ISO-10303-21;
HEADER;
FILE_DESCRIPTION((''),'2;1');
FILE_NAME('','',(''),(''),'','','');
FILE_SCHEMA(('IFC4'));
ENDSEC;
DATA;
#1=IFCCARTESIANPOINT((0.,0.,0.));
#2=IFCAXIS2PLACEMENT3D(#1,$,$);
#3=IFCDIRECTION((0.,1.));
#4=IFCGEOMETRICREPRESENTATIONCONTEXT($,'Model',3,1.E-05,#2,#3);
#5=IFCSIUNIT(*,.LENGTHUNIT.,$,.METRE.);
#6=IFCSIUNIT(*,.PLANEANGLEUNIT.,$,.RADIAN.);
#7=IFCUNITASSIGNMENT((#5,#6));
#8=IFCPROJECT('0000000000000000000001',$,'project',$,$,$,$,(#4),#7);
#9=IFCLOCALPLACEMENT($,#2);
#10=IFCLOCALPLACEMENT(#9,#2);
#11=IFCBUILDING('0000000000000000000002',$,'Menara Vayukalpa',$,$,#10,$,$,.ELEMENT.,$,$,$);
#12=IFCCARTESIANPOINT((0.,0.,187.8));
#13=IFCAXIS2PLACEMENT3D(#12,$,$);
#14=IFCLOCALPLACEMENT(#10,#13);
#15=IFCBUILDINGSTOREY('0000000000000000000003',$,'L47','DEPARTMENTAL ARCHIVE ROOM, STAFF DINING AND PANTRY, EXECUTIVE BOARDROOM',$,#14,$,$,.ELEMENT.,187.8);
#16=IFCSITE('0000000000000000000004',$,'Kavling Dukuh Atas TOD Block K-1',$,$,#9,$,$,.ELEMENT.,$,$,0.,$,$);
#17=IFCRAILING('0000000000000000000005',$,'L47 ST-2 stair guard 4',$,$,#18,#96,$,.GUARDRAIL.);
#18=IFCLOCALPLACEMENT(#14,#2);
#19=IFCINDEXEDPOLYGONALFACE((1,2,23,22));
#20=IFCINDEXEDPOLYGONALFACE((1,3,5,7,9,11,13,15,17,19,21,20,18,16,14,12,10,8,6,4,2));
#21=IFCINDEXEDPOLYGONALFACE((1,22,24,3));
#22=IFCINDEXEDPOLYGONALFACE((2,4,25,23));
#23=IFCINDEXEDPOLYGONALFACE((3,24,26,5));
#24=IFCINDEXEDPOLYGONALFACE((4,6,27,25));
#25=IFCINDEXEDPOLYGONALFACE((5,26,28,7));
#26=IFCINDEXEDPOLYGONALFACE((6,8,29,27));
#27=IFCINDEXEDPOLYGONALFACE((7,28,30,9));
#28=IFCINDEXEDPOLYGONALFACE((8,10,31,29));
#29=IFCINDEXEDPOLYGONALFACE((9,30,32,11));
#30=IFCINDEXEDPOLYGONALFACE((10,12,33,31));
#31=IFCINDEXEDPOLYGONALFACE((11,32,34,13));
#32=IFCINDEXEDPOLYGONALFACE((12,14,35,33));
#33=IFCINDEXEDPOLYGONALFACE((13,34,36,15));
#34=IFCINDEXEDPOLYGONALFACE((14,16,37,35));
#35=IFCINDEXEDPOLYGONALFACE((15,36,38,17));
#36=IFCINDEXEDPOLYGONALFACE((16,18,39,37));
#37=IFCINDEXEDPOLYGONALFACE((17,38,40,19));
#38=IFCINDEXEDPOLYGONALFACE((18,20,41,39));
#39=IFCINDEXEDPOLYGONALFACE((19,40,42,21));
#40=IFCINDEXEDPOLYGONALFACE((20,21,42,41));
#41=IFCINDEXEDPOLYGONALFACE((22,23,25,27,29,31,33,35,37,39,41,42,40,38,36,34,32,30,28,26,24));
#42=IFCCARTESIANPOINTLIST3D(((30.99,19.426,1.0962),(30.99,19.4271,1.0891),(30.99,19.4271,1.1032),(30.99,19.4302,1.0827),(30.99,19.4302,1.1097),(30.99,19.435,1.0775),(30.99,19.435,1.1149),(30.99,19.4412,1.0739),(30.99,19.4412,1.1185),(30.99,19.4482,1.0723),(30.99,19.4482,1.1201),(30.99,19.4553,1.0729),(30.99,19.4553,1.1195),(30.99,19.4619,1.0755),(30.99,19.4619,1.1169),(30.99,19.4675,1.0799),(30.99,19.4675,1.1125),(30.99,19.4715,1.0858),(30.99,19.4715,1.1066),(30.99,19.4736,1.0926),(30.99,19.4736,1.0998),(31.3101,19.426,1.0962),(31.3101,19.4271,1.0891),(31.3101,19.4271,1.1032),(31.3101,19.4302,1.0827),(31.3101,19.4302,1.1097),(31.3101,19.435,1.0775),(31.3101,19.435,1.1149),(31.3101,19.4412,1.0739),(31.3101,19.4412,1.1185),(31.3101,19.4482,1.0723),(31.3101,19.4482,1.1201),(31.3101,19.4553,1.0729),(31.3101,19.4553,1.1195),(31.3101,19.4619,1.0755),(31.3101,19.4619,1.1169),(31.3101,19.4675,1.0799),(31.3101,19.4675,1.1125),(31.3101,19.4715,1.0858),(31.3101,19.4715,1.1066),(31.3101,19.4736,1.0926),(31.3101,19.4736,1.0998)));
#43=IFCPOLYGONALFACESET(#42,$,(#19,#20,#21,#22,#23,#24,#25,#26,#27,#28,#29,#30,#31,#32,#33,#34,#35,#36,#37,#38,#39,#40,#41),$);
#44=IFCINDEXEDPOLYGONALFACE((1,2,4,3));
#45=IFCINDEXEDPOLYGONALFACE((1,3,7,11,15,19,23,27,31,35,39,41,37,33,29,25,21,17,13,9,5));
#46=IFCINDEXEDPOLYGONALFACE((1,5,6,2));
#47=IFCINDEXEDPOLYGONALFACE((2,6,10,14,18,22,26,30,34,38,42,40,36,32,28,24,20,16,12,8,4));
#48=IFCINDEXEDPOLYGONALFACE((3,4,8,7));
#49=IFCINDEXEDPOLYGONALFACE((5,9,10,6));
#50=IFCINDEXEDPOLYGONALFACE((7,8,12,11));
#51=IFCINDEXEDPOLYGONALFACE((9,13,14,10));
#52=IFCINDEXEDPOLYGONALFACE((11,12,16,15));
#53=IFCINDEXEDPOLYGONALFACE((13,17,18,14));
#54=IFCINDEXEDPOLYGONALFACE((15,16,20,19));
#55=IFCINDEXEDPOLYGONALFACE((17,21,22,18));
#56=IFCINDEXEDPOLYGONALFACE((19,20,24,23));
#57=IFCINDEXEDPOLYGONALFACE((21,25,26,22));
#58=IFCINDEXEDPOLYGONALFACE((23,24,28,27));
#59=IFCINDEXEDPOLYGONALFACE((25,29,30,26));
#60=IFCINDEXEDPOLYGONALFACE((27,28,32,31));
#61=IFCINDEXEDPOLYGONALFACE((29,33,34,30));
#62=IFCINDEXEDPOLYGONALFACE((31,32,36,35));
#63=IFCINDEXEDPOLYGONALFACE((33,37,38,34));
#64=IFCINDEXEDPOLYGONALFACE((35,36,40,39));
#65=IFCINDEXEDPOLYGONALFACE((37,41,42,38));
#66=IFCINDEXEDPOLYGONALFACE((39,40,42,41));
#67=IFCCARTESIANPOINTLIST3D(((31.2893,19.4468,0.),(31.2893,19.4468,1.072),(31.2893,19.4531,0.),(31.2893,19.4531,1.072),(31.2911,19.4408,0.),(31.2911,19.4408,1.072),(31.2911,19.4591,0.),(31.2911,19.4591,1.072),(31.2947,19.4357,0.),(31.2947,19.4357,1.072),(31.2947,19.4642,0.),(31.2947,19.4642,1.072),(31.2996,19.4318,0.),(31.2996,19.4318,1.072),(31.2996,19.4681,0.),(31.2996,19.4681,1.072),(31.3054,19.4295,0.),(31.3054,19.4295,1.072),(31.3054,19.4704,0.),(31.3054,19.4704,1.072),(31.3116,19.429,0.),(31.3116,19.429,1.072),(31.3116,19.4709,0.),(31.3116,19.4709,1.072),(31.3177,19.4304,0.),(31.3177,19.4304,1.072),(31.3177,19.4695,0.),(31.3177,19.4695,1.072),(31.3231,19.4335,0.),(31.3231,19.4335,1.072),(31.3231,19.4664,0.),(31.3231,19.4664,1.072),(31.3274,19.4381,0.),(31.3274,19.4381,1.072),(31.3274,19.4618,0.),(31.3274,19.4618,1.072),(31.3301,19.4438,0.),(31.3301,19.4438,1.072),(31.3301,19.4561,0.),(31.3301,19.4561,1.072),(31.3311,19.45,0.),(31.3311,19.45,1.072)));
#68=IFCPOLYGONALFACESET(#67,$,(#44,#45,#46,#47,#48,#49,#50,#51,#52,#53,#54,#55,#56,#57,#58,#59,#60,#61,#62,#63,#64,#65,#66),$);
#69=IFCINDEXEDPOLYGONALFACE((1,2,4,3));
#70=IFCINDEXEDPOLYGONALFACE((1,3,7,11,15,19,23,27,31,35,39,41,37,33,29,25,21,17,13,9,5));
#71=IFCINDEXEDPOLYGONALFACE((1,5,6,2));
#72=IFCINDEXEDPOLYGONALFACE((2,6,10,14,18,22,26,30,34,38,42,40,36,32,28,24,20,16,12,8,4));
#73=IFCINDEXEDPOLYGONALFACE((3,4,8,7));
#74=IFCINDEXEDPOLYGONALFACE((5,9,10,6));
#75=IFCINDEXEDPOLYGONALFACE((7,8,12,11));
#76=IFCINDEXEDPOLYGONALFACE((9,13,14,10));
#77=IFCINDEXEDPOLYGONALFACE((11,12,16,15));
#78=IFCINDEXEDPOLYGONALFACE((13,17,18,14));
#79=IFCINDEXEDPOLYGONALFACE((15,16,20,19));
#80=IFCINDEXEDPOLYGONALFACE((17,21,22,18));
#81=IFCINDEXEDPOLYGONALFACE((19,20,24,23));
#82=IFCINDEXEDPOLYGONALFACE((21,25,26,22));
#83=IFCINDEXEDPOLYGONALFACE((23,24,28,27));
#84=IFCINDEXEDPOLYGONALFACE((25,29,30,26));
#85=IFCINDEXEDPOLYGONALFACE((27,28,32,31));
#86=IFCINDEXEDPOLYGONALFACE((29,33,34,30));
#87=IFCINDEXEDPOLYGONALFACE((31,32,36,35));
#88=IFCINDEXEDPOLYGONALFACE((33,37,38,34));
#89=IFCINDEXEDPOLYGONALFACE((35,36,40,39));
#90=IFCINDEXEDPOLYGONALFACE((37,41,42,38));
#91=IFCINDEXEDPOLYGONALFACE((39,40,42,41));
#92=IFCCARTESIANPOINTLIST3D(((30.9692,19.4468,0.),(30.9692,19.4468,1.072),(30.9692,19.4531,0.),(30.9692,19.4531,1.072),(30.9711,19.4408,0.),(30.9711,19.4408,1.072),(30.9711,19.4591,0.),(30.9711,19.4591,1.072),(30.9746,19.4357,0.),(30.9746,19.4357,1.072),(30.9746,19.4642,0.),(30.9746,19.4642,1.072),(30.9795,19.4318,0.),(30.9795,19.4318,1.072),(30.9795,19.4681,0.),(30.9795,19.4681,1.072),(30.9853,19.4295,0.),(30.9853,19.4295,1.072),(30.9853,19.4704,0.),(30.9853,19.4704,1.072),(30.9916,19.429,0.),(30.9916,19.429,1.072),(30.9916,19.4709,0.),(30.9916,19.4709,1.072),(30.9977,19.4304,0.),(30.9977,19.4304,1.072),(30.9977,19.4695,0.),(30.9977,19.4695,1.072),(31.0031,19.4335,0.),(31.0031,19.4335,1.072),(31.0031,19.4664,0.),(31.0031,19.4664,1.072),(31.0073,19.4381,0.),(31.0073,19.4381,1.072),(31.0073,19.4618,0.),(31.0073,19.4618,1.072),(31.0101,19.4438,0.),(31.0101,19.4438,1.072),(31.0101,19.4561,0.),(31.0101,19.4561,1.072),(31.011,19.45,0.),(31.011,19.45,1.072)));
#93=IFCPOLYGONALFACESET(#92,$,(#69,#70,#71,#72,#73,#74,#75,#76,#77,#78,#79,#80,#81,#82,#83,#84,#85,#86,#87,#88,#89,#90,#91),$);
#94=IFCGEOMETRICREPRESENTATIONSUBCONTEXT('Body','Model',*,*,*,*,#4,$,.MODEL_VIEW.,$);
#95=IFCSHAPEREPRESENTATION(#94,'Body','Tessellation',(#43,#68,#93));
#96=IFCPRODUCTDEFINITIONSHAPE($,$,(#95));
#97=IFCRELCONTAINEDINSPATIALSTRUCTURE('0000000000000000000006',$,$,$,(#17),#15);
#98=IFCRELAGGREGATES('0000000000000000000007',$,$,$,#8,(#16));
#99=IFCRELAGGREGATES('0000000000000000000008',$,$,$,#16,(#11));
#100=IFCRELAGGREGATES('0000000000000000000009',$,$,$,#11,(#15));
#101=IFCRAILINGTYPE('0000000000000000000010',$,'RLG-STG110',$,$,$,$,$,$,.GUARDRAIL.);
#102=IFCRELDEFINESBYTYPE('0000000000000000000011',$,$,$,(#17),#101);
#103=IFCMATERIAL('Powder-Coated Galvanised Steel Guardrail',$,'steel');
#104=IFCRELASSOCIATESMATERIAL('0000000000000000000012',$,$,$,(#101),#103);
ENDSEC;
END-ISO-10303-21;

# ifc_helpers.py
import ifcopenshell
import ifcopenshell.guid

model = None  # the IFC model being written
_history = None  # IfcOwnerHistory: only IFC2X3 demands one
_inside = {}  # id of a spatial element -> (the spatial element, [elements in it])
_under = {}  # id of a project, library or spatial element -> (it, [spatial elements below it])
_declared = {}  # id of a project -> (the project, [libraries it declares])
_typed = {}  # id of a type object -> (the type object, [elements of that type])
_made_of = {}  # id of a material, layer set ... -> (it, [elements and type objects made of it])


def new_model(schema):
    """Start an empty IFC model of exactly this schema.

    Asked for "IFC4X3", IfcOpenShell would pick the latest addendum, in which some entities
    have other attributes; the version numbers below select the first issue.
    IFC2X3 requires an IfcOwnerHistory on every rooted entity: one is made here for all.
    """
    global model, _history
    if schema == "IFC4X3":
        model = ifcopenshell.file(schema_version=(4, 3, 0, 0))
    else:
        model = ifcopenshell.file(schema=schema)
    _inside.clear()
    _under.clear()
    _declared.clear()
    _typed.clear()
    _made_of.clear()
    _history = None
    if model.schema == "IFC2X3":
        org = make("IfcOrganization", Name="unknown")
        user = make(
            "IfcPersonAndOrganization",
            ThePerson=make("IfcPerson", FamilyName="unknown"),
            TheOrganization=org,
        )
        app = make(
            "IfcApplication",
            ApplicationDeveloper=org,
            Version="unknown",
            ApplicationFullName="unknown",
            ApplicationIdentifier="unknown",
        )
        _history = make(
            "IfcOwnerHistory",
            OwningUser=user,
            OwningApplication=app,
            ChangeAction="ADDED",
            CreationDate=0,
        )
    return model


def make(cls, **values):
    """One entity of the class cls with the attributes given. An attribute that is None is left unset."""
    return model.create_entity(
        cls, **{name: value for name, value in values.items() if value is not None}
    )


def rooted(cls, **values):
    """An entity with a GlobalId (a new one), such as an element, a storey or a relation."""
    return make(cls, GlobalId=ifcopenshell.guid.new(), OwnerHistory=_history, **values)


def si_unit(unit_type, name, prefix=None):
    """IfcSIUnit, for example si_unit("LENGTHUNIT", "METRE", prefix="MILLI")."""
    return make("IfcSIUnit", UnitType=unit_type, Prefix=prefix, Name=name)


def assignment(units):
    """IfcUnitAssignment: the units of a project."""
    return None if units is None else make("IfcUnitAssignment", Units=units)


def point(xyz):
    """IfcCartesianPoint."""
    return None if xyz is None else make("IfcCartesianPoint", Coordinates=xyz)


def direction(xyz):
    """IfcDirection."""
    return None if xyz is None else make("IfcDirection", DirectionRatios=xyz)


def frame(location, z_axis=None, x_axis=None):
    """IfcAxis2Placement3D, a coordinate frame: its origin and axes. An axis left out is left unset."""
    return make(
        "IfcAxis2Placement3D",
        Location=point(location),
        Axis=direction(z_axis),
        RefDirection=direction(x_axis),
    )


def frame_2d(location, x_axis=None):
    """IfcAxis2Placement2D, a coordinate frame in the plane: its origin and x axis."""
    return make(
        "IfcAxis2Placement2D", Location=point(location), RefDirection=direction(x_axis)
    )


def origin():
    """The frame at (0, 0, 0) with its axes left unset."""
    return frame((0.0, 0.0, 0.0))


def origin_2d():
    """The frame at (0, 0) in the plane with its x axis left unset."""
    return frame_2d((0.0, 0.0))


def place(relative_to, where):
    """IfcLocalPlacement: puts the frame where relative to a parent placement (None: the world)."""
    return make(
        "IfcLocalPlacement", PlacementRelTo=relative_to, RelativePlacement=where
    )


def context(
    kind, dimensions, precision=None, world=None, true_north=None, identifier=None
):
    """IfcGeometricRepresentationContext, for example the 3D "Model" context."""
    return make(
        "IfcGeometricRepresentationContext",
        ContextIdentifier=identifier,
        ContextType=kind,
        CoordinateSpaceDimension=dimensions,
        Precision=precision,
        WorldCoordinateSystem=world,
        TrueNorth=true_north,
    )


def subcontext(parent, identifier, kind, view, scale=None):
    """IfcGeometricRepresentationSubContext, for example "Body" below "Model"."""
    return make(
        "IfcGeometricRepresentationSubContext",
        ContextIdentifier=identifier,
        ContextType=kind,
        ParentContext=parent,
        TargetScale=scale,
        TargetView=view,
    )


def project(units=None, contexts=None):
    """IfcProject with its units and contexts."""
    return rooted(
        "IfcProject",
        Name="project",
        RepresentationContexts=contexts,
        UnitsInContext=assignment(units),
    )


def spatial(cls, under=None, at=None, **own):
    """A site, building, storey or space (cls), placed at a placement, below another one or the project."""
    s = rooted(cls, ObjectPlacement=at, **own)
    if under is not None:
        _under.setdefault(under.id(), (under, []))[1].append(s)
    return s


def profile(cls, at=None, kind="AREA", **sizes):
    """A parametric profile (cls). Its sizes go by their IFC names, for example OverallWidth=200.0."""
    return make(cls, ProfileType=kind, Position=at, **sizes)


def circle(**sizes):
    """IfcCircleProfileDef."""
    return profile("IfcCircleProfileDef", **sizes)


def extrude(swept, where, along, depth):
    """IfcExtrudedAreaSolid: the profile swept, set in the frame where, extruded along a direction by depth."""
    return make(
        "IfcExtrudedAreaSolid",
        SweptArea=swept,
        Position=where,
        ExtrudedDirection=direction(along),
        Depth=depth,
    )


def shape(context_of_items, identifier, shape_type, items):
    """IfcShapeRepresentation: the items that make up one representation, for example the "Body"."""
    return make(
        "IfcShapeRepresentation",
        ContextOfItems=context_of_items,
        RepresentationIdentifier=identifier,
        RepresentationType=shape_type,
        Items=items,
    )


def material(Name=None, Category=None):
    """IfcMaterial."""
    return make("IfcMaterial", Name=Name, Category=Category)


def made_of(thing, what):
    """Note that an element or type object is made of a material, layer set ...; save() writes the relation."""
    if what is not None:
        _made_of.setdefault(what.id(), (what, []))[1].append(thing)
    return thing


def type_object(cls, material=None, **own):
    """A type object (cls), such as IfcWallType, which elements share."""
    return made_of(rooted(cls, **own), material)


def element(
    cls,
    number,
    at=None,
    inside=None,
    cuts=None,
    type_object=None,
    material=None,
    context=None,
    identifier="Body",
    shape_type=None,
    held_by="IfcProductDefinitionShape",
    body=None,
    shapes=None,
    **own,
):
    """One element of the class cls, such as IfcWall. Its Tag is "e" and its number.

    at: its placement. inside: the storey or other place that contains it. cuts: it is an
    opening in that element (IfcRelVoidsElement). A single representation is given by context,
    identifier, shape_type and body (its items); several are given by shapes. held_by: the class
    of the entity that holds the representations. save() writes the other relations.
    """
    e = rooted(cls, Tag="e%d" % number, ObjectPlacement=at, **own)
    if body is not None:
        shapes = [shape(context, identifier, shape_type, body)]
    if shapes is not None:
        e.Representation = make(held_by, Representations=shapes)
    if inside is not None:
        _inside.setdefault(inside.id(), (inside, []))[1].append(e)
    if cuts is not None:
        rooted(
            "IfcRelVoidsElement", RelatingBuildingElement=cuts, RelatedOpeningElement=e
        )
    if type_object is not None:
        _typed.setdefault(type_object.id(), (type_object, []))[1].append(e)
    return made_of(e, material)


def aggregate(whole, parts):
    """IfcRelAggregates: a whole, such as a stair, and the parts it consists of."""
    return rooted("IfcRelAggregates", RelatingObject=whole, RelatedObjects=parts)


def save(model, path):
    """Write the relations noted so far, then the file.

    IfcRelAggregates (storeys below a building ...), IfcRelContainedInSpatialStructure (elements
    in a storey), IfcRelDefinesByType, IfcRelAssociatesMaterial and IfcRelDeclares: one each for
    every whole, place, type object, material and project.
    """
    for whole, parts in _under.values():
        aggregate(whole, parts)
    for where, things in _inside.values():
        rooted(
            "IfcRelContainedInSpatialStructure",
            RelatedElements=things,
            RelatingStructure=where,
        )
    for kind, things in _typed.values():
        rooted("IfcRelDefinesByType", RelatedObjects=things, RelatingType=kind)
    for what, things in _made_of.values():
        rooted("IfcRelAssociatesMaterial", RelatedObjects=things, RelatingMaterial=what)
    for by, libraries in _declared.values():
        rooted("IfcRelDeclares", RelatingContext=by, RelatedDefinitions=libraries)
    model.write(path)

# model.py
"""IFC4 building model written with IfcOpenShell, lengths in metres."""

from ifc_helpers import new_model, si_unit, direction, frame, origin, origin_2d, place, context, subcontext, project, spatial, circle, extrude, material, type_object, element, save


model = new_model("IFC4")

# Units and contexts
model_context = context("Model", 3, precision=1e-05, world=origin(), true_north=direction((0.0, 1.0)))
body_context = subcontext(model_context, "Body", "Model", "MODEL_VIEW")
ifc_project = project(units=[si_unit("LENGTHUNIT", "METRE"), si_unit("PLANEANGLEUNIT", "RADIAN")], contexts=[model_context])

# Site, building, storey
site_placement = place(None, origin())
site = spatial("IfcSite", under=ifc_project, at=site_placement, Name="Kavling Dukuh Atas TOD Block K-1", CompositionType="ELEMENT", RefElevation=0.0)
building_placement = place(site_placement, origin())
building = spatial("IfcBuilding", under=site, at=building_placement, Name="Menara Vayukalpa", CompositionType="ELEMENT")
storey_placement = place(building_placement, frame((0.0, 0.0, 187.8)))
storey = spatial("IfcBuildingStorey", under=building, at=storey_placement, Name="L47", Description="DEPARTMENTAL ARCHIVE ROOM, STAFF DINING AND PANTRY, EXECUTIVE BOARDROOM", CompositionType="ELEMENT", Elevation=187.8)

# Railing
ifc_material_1 = material(Name="Powder-Coated Galvanised Steel Guardrail", Category="steel")
railing_type_1 = type_object("IfcRailingType", Name="RLG-STG110", PredefinedType="GUARDRAIL", material=ifc_material_1)
railing_1_placement = place(storey_placement, frame((31.3101, 19.45, 0.0)))
element("IfcRailing", 1, at=railing_1_placement, inside=storey, type_object=railing_type_1, Name="L47 ST-2 stair guard 4", PredefinedType="GUARDRAIL", context=body_context, shape_type="SweptSolid", body=[
    extrude(circle(Radius=0.0239, at=origin_2d()), frame((0.0, 0.0, 1.0962), z_axis=(-1.0, 0.0, 0.0), x_axis=(0.0, -1.0, 0.0)), (0.0, 0.0, 1.0), 0.3201),
    extrude(circle(Radius=0.021, at=origin_2d()), origin(), (0.0, 0.0, 1.0), 1.072),
    extrude(circle(Radius=0.021, at=origin_2d()), frame((-0.3201, 0.0, 0.0)), (0.0, 0.0, 1.0), 1.072),
])

save(model, "model.ifc")
